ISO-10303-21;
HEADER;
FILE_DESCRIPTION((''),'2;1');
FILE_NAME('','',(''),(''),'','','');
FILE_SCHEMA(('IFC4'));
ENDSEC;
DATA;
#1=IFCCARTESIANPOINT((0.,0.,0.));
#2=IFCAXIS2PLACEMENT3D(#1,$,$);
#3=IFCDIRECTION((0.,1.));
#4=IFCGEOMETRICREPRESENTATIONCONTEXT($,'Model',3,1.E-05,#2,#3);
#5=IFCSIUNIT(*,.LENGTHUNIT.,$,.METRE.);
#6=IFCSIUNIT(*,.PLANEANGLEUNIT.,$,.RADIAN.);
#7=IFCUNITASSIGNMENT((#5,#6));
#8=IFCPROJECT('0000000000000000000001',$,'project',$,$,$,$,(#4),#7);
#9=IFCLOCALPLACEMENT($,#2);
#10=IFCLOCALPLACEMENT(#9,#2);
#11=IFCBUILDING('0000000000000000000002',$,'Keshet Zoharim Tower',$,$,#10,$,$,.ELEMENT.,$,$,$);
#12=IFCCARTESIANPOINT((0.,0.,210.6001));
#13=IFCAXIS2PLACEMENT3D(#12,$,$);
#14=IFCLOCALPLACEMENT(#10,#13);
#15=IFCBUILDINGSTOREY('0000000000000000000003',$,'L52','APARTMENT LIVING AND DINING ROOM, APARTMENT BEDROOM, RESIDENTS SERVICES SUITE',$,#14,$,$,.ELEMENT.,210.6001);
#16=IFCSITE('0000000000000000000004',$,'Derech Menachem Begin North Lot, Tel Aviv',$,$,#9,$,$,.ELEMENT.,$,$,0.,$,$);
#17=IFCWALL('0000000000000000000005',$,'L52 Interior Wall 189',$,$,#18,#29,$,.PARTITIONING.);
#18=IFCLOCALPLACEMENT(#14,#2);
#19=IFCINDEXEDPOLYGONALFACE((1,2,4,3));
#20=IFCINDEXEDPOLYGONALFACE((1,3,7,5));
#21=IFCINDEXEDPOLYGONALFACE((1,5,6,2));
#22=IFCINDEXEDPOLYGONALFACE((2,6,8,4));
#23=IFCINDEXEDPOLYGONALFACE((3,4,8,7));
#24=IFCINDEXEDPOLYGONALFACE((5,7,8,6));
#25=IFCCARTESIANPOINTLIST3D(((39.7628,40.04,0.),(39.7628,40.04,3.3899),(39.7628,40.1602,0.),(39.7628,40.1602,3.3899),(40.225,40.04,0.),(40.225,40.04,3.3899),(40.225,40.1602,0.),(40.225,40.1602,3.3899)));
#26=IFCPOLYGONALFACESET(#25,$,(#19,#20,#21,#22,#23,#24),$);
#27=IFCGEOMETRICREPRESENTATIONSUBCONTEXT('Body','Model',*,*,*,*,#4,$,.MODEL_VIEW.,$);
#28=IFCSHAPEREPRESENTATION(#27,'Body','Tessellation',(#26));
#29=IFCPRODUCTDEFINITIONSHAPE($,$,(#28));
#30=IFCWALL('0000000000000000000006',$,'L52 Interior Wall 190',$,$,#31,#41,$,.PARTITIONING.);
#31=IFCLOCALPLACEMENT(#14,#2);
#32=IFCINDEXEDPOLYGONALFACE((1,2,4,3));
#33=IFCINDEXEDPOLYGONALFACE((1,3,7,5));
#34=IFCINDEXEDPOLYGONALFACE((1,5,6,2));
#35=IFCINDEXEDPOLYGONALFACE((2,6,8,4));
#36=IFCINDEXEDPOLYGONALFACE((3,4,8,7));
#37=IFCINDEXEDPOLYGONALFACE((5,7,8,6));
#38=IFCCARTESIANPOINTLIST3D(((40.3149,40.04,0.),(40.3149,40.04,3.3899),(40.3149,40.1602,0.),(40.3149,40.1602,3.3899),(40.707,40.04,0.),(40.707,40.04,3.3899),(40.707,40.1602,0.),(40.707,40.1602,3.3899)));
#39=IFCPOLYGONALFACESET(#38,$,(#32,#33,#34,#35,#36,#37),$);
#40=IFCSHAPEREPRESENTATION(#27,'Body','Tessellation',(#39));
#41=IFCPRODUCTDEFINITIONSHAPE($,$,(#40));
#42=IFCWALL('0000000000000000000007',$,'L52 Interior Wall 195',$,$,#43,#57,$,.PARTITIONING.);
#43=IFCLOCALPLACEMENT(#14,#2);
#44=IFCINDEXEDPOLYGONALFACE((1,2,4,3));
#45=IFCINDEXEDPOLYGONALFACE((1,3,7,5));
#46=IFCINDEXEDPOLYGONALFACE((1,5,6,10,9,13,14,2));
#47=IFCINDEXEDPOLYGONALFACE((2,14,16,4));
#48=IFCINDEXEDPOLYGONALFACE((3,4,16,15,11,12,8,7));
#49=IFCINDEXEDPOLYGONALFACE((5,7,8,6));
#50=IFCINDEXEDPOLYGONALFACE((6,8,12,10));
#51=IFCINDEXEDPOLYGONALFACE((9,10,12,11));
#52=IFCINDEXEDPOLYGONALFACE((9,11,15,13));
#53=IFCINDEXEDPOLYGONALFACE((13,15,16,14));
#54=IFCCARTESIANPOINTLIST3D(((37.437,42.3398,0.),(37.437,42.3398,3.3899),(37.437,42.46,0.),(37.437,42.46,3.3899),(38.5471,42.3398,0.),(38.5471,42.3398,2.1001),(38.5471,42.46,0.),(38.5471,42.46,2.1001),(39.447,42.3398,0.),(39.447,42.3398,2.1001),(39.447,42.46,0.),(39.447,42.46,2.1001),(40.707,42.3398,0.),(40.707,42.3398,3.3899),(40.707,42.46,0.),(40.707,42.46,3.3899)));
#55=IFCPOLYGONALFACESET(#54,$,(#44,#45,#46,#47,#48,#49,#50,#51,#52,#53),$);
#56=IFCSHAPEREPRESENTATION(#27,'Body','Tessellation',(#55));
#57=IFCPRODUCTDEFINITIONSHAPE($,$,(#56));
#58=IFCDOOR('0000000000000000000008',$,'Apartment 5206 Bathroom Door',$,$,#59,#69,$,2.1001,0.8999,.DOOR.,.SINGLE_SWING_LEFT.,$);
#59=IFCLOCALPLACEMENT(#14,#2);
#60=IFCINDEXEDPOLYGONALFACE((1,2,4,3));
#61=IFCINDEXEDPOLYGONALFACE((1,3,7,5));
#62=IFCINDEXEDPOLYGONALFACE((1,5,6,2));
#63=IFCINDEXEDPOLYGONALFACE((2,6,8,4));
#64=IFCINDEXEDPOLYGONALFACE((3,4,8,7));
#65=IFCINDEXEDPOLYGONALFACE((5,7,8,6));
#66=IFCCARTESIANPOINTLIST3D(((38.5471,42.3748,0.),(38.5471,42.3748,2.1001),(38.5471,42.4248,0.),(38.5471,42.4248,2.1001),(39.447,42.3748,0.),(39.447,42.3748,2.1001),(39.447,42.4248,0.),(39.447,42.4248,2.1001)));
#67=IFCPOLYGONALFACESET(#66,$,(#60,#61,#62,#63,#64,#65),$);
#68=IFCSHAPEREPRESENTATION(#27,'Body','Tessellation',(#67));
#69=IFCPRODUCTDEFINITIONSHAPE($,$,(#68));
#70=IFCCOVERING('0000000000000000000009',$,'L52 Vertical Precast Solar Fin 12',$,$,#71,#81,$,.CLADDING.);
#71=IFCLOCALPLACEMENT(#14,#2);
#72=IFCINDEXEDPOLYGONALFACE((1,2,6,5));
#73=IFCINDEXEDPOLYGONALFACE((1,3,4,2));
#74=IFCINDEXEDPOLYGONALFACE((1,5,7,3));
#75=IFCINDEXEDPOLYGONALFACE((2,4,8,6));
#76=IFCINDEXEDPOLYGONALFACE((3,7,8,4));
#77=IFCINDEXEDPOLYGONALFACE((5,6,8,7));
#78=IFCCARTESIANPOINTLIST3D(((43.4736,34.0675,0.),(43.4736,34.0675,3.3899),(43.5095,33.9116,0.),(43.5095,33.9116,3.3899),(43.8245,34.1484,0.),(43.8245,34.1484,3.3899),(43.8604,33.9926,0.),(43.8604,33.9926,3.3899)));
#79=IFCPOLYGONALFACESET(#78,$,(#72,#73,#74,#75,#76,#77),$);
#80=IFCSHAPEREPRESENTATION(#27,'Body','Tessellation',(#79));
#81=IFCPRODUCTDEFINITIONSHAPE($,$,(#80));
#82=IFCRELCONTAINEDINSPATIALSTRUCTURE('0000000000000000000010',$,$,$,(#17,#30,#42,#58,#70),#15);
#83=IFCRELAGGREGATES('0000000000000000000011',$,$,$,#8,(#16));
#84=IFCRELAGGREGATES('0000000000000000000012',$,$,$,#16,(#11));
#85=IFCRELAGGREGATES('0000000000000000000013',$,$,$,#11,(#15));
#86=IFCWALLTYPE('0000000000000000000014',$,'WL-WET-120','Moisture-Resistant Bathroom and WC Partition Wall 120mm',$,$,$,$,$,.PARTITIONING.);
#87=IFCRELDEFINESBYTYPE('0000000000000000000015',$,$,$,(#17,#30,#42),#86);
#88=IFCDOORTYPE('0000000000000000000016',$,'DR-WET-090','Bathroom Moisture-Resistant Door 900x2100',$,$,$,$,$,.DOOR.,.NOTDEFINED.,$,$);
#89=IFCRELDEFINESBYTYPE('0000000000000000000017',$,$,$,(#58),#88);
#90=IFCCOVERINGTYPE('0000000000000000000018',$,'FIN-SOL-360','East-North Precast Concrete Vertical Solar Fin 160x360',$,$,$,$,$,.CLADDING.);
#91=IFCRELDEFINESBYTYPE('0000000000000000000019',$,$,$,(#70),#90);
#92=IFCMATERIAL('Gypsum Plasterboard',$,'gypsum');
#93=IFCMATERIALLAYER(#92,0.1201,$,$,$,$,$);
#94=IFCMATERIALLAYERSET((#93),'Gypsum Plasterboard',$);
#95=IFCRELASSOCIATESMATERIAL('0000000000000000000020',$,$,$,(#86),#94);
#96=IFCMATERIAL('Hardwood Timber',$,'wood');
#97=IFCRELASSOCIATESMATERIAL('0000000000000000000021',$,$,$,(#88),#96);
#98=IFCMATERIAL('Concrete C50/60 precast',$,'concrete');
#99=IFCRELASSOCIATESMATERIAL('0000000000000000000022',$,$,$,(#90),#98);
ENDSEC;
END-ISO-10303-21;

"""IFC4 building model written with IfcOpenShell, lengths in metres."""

from ifc_helpers import new_model, si_unit, direction, frame, frame_2d, origin, origin_2d, place, context, subcontext, project, spatial, rectangle, extrude, material, layer, layer_set, type_object, element, fill, save


model = new_model("IFC4")

# Units and contexts
model_context = context("Model", 3, precision=1e-05, world=origin(), true_north=direction((0.0, 1.0)))
body_context = subcontext(model_context, "Body", "Model", "MODEL_VIEW")
ifc_project = project(units=[si_unit("LENGTHUNIT", "METRE"), si_unit("PLANEANGLEUNIT", "RADIAN")], contexts=[model_context])

# Site, building, storey
site_placement = place(None, origin())
site = spatial("IfcSite", under=ifc_project, at=site_placement, Name="Derech Menachem Begin North Lot, Tel Aviv", CompositionType="ELEMENT", RefElevation=0.0)
building_placement = place(site_placement, origin())
building = spatial("IfcBuilding", under=site, at=building_placement, Name="Keshet Zoharim Tower", CompositionType="ELEMENT")
storey_placement = place(building_placement, frame((0.0, 0.0, 210.6001)))
storey = spatial("IfcBuildingStorey", under=building, at=storey_placement, Name="L52", Description="APARTMENT LIVING AND DINING ROOM, APARTMENT BEDROOM, RESIDENTS SERVICES SUITE", CompositionType="ELEMENT", Elevation=210.6001)

# Shared definitions
ifc_material_1 = material(Name="Gypsum Plasterboard", Category="gypsum")

# Shared definitions
ifc_material_2 = material(Name="Hardwood Timber", Category="wood")

# Walls
ifc_layer_1 = layer(ifc_material_1, 0.1201)
ifc_layer_set_1 = layer_set([ifc_layer_1], Name="Gypsum Plasterboard")
wall_type_1 = type_object("IfcWallType", Name="WL-WET-120", Description="Moisture-Resistant Bathroom and WC Partition Wall 120mm", PredefinedType="PARTITIONING", material=ifc_layer_set_1)
wall_1_placement = place(storey_placement, frame((39.7629, 40.1001, 0.0), z_axis=(0.0, 0.0, 1.0), x_axis=(1.0, 0.0, 0.0)))
element("IfcWall", 1, at=wall_1_placement, inside=storey, type_object=wall_type_1, Name="L52 Interior Wall 189", PredefinedType="PARTITIONING", context=body_context, shape_type="SweptSolid", body=[
    extrude(rectangle(XDim=0.4622, YDim=0.1201, at=frame_2d((0.231, 0.0))), origin(), (0.0, 0.0, 1.0), 3.3899),
])
wall_2_placement = place(storey_placement, frame((40.3149, 40.1001, 0.0), z_axis=(0.0, 0.0, 1.0), x_axis=(1.0, 0.0, 0.0)))
element("IfcWall", 2, at=wall_2_placement, inside=storey, type_object=wall_type_1, Name="L52 Interior Wall 190", PredefinedType="PARTITIONING", context=body_context, shape_type="SweptSolid", body=[
    extrude(rectangle(XDim=0.3921, YDim=0.1201, at=frame_2d((0.196, 0.0))), origin(), (0.0, 0.0, 1.0), 3.3899),
])

# Wall, opening, door
wall_3_placement = place(storey_placement, frame((37.437, 42.3999, 0.0), z_axis=(0.0, 0.0, 1.0), x_axis=(1.0, 0.0, 0.0)))
wall_3 = element("IfcWall", 3, at=wall_3_placement, inside=storey, type_object=wall_type_1, Name="L52 Interior Wall 195", PredefinedType="PARTITIONING", context=body_context, shape_type="SweptSolid", body=[
    extrude(rectangle(XDim=3.27, YDim=0.1201, at=frame_2d((1.635, 0.0))), origin(), (0.0, 0.0, 1.0), 3.3899),
])
opening_1_placement = place(wall_3_placement, frame((1.1101, 0.0, 0.0)))
opening_1 = element("IfcOpeningElement", 4, at=opening_1_placement, cuts=wall_3, PredefinedType="OPENING", context=body_context, shape_type="SweptSolid", body=[
    extrude(rectangle(XDim=0.8999, YDim=2.1001, at=frame_2d((0.45, 1.05))), frame((0.0, 0.0701, 0.0), z_axis=(0.0, -1.0, 0.0), x_axis=(1.0, 0.0, 0.0)), (0.0, 0.0, 1.0), 0.1401),
])
door_type_1 = type_object("IfcDoorType", Name="DR-WET-090", Description="Bathroom Moisture-Resistant Door 900x2100", OperationType="NOTDEFINED", PredefinedType="DOOR", material=ifc_material_2)
door_1_placement = place(opening_1_placement, origin())
door_1 = element("IfcDoor", 5, at=door_1_placement, inside=storey, type_object=door_type_1, Name="Apartment 5206 Bathroom Door", OperationType="SINGLE_SWING_LEFT", OverallHeight=2.1001, OverallWidth=0.8999, PredefinedType="DOOR", context=body_context, shape_type="SweptSolid", body=[
    extrude(rectangle(XDim=0.8999, YDim=2.1001, at=frame_2d((0.45, 1.05))), frame((0.0, 0.0249, 0.0), z_axis=(0.0, -1.0, 0.0), x_axis=(1.0, 0.0, 0.0)), (0.0, 0.0, 1.0), 0.05),
])
fill(opening_1, door_1)

# Covering
ifc_material_3 = material(Name="Concrete C50/60 precast", Category="concrete")
covering_type = type_object("IfcCoveringType", Name="FIN-SOL-360", Description="East-North Precast Concrete Vertical Solar Fin 160x360", PredefinedType="CLADDING", material=ifc_material_3)
covering_placement = place(storey_placement, frame((43.667, 34.03, 0.0), z_axis=(0.0, 0.0, 1.0), x_axis=(0.224848, -0.974394, 0.0)))
element("IfcCovering", 6, at=covering_placement, inside=storey, type_object=covering_type, Name="L52 Vertical Precast Solar Fin 12", PredefinedType="CLADDING", context=body_context, shape_type="SweptSolid", body=[
    extrude(rectangle(XDim=0.1599, YDim=0.3601, at=origin_2d()), origin(), (0.0, 0.0, 1.0), 3.3899),
])

save(model, "model.ifc")
